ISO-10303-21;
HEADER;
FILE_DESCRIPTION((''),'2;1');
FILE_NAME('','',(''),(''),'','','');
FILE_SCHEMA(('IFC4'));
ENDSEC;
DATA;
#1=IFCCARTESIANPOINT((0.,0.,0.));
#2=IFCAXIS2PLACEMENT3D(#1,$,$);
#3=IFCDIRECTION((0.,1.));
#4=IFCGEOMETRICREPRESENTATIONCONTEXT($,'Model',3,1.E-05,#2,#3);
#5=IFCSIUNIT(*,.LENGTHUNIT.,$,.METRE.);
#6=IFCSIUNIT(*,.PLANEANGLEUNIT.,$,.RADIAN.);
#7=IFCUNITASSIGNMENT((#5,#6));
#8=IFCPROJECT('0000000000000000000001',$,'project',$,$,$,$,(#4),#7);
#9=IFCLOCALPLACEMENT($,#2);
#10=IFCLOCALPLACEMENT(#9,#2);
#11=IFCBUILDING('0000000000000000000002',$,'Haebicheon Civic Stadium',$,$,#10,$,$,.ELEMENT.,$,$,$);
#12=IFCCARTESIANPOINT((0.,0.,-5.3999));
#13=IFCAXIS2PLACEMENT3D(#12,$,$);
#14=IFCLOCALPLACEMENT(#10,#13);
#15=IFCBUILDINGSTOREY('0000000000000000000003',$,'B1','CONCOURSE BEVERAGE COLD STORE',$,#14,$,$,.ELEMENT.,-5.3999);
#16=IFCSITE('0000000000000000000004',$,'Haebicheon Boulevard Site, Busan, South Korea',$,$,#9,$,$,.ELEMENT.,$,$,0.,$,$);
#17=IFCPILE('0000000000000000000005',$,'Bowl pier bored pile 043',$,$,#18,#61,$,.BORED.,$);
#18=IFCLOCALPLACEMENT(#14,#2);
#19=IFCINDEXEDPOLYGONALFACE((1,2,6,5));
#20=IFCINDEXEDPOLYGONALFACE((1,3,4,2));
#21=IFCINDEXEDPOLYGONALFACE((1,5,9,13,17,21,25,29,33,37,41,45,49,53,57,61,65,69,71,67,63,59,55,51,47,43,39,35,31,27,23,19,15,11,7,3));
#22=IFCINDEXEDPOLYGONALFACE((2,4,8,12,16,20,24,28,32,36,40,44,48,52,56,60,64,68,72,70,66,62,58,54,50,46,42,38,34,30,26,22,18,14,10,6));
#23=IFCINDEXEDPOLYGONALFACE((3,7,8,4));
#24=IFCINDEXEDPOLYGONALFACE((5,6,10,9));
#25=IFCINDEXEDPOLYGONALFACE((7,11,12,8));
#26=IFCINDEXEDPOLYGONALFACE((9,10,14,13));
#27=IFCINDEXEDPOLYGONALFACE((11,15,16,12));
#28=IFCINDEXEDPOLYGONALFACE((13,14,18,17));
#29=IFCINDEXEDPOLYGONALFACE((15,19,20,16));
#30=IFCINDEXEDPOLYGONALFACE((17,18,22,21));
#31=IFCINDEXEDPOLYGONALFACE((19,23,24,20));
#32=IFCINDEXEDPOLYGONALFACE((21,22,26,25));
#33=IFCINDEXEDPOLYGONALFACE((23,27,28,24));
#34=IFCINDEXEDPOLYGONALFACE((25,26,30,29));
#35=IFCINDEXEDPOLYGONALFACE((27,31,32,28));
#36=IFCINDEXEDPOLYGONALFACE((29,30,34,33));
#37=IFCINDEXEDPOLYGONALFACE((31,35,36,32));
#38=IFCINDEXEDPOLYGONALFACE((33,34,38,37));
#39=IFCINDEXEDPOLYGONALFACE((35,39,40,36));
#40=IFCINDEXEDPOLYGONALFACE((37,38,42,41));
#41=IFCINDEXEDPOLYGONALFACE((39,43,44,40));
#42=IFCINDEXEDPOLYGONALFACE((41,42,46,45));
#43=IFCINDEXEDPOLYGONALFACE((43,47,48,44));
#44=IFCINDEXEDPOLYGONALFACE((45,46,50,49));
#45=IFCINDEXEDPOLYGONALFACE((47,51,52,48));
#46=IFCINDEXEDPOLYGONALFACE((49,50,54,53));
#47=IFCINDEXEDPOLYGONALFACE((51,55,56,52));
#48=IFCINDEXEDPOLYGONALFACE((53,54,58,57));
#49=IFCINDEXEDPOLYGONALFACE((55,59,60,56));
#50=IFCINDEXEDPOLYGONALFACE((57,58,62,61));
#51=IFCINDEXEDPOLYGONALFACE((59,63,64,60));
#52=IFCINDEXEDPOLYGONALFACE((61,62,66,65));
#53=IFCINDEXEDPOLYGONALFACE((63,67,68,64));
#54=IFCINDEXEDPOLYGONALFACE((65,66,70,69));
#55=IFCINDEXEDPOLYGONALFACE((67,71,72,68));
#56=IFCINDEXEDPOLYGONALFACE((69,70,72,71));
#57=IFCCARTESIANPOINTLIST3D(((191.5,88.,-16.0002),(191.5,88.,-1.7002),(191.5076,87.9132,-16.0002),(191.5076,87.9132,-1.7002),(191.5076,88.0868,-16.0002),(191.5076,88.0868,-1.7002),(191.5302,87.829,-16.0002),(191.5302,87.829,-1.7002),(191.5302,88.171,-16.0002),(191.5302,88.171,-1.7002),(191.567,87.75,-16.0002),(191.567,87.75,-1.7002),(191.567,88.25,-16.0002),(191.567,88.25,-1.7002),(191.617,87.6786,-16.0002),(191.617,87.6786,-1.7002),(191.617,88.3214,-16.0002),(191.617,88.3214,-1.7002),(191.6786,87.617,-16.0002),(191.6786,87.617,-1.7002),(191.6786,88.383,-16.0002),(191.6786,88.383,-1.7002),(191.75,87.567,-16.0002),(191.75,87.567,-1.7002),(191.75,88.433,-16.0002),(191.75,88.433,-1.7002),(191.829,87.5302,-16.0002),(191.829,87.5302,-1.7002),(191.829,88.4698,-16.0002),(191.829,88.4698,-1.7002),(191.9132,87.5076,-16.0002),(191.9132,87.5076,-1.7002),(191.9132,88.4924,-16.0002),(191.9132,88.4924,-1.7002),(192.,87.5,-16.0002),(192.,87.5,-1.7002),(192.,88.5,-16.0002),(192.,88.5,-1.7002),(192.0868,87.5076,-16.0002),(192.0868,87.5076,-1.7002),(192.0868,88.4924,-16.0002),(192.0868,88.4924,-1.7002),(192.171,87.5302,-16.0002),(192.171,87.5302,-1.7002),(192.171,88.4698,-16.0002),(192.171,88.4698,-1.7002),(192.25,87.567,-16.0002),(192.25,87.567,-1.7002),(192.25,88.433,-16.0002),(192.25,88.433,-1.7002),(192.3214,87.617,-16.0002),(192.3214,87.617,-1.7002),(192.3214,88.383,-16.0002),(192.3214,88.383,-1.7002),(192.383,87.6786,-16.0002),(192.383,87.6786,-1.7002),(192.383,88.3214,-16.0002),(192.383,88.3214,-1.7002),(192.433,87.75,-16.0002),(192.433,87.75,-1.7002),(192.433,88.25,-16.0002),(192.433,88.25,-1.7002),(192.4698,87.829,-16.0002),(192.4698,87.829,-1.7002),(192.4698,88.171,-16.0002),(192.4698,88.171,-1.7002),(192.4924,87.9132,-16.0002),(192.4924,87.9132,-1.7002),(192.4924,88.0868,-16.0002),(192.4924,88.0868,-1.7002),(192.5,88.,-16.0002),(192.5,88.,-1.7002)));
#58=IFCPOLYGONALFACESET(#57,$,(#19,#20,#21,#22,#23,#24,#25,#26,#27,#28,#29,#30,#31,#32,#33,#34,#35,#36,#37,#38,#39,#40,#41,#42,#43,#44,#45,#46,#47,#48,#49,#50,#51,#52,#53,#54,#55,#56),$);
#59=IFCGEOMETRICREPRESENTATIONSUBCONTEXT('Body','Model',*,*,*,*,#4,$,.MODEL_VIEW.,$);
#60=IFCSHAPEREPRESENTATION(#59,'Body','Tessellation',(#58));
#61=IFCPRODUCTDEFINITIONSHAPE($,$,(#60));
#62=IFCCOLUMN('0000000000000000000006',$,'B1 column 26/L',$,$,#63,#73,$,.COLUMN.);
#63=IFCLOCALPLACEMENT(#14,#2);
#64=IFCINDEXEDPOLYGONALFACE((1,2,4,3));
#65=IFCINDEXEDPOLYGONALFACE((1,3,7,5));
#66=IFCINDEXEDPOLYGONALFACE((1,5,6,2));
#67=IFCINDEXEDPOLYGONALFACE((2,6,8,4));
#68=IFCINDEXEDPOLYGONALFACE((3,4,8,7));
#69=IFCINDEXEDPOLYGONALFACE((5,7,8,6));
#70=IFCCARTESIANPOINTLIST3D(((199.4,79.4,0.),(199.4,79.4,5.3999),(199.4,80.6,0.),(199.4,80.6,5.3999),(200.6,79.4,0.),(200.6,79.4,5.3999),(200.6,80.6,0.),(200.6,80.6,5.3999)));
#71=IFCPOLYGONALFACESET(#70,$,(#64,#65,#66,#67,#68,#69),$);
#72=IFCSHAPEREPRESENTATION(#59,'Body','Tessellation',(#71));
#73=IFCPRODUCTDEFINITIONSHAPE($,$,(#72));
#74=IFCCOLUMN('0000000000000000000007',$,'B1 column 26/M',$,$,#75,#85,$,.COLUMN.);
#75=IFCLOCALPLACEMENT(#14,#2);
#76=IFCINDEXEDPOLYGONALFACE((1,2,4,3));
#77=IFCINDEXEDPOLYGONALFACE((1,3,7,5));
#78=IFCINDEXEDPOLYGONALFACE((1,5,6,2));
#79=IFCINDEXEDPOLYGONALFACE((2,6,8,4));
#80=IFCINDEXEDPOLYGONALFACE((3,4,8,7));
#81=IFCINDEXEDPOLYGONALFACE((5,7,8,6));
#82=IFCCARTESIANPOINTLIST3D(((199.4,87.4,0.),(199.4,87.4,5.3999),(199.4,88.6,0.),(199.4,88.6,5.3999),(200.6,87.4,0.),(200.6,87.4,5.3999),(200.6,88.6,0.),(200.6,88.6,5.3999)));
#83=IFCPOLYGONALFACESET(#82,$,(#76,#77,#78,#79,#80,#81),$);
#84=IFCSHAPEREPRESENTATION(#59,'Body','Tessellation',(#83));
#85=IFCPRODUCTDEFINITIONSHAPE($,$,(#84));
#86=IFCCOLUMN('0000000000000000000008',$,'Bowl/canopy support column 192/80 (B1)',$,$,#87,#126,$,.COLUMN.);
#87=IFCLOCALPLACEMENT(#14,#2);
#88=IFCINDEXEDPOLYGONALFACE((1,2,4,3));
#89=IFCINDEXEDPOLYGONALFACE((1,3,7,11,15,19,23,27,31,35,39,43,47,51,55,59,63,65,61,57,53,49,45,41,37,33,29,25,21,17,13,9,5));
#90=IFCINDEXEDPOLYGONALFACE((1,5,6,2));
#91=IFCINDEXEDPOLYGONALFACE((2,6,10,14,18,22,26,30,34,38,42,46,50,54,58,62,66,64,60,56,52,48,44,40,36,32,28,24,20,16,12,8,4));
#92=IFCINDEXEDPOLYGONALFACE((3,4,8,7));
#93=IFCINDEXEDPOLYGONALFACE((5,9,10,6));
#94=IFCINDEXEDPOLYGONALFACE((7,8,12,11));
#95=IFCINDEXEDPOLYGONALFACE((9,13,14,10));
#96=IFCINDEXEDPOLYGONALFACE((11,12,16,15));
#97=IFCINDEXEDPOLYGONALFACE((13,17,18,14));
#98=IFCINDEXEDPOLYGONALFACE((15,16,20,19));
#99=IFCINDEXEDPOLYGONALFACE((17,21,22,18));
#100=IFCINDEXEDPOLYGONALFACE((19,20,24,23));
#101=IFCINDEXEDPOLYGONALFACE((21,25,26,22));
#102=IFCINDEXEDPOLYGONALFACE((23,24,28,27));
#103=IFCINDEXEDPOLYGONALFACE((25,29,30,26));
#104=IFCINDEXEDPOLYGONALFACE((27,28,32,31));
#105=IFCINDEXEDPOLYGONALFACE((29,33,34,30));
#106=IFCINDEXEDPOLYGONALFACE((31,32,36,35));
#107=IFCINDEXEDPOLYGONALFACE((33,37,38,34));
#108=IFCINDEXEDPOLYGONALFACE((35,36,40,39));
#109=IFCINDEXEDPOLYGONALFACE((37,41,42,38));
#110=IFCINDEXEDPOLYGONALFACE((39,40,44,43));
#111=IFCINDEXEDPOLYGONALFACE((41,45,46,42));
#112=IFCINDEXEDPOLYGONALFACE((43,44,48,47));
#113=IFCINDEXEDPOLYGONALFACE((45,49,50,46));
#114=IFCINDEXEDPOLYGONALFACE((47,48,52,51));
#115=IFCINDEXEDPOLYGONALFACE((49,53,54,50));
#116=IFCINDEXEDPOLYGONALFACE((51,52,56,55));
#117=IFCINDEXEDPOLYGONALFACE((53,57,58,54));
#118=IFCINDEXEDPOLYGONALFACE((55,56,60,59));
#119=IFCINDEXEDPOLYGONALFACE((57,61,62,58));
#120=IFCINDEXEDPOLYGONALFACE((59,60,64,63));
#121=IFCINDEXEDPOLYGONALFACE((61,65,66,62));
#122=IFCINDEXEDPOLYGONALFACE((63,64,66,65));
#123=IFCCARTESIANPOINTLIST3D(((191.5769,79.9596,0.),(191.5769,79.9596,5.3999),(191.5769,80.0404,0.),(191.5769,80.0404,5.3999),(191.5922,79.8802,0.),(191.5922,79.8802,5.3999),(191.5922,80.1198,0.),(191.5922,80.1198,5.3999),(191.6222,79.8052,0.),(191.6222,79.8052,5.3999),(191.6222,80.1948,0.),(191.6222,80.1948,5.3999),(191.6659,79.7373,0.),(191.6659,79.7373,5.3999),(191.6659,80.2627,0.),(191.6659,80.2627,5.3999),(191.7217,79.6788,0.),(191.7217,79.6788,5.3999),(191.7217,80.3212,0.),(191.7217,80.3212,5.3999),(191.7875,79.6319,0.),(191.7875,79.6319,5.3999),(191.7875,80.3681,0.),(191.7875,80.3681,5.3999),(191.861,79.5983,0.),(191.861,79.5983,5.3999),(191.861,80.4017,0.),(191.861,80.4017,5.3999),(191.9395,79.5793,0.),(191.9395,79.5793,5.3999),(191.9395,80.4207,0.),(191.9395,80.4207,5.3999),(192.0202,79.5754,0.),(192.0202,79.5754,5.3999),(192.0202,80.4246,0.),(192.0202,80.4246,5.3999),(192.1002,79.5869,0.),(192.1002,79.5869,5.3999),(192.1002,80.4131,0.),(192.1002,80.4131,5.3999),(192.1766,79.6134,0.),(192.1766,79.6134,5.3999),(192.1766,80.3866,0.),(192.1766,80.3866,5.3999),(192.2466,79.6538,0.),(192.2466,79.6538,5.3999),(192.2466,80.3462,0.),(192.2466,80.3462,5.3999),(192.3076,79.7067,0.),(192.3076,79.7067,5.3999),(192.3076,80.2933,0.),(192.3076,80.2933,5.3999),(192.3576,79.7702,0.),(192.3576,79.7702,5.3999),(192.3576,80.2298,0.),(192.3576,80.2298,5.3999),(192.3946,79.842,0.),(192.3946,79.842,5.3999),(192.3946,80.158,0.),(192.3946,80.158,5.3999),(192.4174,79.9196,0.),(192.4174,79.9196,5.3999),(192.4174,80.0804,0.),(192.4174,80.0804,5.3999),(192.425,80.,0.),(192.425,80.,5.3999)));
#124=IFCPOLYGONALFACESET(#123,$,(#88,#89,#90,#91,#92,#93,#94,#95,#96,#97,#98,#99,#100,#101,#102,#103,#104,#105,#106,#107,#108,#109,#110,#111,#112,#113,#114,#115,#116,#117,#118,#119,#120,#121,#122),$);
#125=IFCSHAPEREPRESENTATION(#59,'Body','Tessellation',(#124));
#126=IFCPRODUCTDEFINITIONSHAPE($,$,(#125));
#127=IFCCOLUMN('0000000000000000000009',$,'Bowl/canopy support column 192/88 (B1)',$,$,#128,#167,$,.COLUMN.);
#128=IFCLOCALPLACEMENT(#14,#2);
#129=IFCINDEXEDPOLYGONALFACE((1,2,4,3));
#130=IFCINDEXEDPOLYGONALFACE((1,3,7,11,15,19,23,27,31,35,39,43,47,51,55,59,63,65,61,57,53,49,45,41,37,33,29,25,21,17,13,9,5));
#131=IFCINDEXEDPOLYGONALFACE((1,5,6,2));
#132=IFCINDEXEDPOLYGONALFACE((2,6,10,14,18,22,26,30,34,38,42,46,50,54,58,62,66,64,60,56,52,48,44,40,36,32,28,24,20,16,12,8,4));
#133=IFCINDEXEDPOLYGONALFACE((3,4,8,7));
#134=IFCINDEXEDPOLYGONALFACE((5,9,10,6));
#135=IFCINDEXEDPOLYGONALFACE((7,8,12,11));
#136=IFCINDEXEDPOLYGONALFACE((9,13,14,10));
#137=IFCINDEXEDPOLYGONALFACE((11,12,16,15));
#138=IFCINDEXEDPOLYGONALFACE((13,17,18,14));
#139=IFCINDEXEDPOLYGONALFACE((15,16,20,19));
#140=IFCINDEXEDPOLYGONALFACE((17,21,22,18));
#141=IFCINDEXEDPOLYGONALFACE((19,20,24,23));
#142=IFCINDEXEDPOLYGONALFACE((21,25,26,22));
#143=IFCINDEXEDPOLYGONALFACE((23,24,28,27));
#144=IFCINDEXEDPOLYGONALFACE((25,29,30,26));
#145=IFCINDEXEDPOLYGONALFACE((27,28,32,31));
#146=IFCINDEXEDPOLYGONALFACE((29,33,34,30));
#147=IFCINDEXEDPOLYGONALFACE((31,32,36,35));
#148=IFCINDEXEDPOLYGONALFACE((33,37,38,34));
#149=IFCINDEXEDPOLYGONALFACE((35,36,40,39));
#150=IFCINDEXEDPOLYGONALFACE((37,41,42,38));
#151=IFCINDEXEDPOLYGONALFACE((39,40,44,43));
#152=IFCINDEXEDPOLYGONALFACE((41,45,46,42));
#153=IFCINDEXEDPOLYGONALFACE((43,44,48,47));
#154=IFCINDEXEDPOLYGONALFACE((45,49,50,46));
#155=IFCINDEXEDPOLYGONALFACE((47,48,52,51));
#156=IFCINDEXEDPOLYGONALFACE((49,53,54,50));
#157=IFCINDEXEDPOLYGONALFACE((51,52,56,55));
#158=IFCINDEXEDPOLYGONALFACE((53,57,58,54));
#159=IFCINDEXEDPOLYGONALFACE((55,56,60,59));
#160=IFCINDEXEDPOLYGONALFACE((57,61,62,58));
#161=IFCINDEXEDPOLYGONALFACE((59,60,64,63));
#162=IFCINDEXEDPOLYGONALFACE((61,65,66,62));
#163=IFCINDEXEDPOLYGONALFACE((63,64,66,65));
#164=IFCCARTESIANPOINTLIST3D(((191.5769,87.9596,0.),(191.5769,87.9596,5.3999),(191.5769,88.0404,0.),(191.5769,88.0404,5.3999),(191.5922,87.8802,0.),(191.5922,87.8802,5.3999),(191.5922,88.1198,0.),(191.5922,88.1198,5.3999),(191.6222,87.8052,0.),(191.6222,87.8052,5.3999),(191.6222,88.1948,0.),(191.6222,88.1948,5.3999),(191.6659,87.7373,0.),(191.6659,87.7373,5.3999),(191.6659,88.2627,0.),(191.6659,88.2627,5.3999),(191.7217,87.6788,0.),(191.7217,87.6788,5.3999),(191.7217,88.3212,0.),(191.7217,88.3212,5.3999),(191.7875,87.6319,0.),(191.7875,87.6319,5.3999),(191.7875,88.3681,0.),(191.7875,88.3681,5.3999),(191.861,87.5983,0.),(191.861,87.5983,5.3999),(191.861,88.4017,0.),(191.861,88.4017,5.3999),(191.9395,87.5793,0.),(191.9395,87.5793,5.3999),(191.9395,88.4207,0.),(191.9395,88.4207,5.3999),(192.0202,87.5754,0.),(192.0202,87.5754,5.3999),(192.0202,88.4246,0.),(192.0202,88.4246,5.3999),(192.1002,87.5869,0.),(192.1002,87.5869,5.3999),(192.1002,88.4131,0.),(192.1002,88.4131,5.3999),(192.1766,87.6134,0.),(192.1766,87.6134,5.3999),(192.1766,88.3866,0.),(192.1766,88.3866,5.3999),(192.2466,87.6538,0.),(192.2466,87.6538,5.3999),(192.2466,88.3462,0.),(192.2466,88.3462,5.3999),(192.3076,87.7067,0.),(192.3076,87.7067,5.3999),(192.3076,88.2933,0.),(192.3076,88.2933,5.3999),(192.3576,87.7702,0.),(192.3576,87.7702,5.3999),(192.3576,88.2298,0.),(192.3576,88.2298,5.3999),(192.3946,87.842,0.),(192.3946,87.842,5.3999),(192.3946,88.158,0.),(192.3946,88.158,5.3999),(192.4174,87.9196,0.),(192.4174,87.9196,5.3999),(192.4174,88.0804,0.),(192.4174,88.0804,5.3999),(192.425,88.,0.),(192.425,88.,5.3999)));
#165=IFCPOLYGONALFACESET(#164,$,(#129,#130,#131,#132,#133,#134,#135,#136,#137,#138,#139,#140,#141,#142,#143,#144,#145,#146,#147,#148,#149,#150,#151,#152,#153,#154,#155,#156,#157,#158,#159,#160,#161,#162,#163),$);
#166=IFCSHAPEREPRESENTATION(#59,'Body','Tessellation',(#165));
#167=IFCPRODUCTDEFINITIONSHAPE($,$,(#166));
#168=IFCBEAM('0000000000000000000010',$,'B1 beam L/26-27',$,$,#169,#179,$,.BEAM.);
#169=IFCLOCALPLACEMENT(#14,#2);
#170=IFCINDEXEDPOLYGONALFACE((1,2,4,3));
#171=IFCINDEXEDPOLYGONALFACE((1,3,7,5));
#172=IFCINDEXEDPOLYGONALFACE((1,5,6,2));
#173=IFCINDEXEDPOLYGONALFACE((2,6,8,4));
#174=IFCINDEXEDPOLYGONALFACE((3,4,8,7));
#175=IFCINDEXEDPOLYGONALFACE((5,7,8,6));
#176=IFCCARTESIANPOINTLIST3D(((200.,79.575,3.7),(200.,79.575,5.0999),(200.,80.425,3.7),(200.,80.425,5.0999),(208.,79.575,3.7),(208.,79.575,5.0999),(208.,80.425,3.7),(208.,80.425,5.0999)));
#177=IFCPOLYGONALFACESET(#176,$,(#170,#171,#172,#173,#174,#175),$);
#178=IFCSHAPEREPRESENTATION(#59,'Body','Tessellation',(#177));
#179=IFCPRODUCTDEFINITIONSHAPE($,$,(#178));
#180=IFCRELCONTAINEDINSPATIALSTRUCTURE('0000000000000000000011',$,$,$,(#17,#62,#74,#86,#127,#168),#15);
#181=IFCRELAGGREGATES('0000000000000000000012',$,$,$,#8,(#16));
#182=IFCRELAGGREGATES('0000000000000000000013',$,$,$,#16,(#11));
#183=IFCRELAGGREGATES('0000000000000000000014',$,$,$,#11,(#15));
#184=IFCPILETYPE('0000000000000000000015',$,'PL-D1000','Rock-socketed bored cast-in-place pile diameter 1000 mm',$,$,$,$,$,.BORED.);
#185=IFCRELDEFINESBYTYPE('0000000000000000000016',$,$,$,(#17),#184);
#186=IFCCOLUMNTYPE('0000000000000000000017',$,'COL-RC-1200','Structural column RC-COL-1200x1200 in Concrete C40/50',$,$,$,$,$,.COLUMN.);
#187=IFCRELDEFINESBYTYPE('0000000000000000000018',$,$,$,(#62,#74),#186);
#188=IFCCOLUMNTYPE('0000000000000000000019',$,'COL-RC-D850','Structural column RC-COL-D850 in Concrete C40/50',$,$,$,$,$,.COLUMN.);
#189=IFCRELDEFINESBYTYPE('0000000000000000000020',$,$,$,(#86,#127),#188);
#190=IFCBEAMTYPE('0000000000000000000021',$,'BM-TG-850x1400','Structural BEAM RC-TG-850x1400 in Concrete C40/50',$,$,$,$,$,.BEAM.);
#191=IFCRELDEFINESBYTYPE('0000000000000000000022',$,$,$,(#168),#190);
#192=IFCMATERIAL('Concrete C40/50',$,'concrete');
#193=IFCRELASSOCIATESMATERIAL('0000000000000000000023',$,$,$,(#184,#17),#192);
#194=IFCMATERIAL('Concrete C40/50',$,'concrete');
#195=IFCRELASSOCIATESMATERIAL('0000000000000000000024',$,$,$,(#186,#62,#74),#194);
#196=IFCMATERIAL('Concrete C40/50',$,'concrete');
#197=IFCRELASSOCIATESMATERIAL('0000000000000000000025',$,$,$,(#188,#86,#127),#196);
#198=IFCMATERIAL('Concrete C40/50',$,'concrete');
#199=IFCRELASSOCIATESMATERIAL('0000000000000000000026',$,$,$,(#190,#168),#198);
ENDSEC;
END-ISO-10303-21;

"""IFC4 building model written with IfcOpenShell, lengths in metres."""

from ifc_helpers import new_model, si_unit, direction, frame, origin, origin_2d, place, context, subcontext, project, spatial, rectangle, circle, extrude, material, material_profile, profile_set, type_object, element, save


model = new_model("IFC4")

# Units and contexts
model_context = context("Model", 3, precision=1e-05, world=origin(), true_north=direction((0.0, 1.0)))
body_context = subcontext(model_context, "Body", "Model", "MODEL_VIEW")
ifc_project = project(units=[si_unit("LENGTHUNIT", "METRE"), si_unit("PLANEANGLEUNIT", "RADIAN")], contexts=[model_context])

# Site, building, storey
site_placement = place(None, origin())
site = spatial("IfcSite", under=ifc_project, at=site_placement, Name="Haebicheon Boulevard Site, Busan, South Korea", CompositionType="ELEMENT", RefElevation=0.0)
building_placement = place(site_placement, origin())
building = spatial("IfcBuilding", under=site, at=building_placement, Name="Haebicheon Civic Stadium", CompositionType="ELEMENT")
storey_placement = place(building_placement, frame((0.0, 0.0, -5.3999)))
storey = spatial("IfcBuildingStorey", under=building, at=storey_placement, Name="B1", Description="CONCOURSE BEVERAGE COLD STORE", CompositionType="ELEMENT", Elevation=-5.3999)

# Pile
ifc_material_1 = material(Name="Concrete C40/50", Category="concrete")
ifc_material_profile_1 = material_profile(ifc_material_1, circle(Radius=0.5, at=origin_2d()), Name="PILE-D1000")
ifc_profile_set_1 = profile_set([ifc_material_profile_1], Name="Concrete C40/50")
pile_type = type_object("IfcPileType", Name="PL-D1000", Description="Rock-socketed bored cast-in-place pile diameter 1000 mm", PredefinedType="BORED", material=ifc_profile_set_1)
for number, where, z_axis, x_axis, name in (
    (1, (192.0, 88.0, -1.7002), (0.0, 0.0, -1.0), (1.0, 0.0, 0.0), "Bowl pier bored pile 043"),
):
    element("IfcPile", number, at=place(storey_placement, frame(where, z_axis=z_axis, x_axis=x_axis)), inside=storey, type_object=pile_type, material=ifc_profile_set_1, Name=name, PredefinedType="BORED", context=body_context, shape_type="SweptSolid", body=[
        extrude(circle(Radius=0.5, at=origin_2d()), origin(), (0.0, 0.0, 1.0), 14.3),
    ])

# Columns
ifc_material_2 = material(Name="Concrete C40/50", Category="concrete")
ifc_material_profile_2 = material_profile(ifc_material_2, rectangle(XDim=1.2, YDim=1.2, at=origin_2d()), Name="RC-COL-1200x1200")
ifc_profile_set_2 = profile_set([ifc_material_profile_2], Name="Concrete C40/50")
column_type_1 = type_object("IfcColumnType", Name="COL-RC-1200", Description="Structural column RC-COL-1200x1200 in Concrete C40/50", PredefinedType="COLUMN", material=ifc_profile_set_2)
for number, where, z_axis, x_axis, name in (
    (2, (200.0, 80.0, 0.0), (0.0, 0.0, 1.0), (1.0, 0.0, 0.0), "B1 column 26/L"),
    (3, (200.0, 88.0, 0.0), (0.0, 0.0, 1.0), (1.0, 0.0, 0.0), "B1 column 26/M"),
):
    element("IfcColumn", number, at=place(storey_placement, frame(where, z_axis=z_axis, x_axis=x_axis)), inside=storey, type_object=column_type_1, material=ifc_profile_set_2, Name=name, PredefinedType="COLUMN", context=body_context, shape_type="SweptSolid", body=[
        extrude(rectangle(XDim=1.2, YDim=1.2, at=origin_2d()), origin(), (0.0, 0.0, 1.0), 5.3999),
    ])
ifc_material_3 = material(Name="Concrete C40/50", Category="concrete")
ifc_material_profile_3 = material_profile(ifc_material_3, circle(Radius=0.425, at=origin_2d()), Name="RC-COL-D850")
ifc_profile_set_3 = profile_set([ifc_material_profile_3], Name="Concrete C40/50")
column_type_2 = type_object("IfcColumnType", Name="COL-RC-D850", Description="Structural column RC-COL-D850 in Concrete C40/50", PredefinedType="COLUMN", material=ifc_profile_set_3)
for number, where, z_axis, x_axis, name in (
    (4, (192.0, 80.0, 0.0), (0.0, 0.0, 1.0), (1.0, 0.0, 0.0), "Bowl/canopy support column 192/80 (B1)"),
    (5, (192.0, 88.0, 0.0), (0.0, 0.0, 1.0), (1.0, 0.0, 0.0), "Bowl/canopy support column 192/88 (B1)"),
):
    element("IfcColumn", number, at=place(storey_placement, frame(where, z_axis=z_axis, x_axis=x_axis)), inside=storey, type_object=column_type_2, material=ifc_profile_set_3, Name=name, PredefinedType="COLUMN", context=body_context, shape_type="SweptSolid", body=[
        extrude(circle(Radius=0.425, at=origin_2d()), origin(), (0.0, 0.0, 1.0), 5.3999),
    ])

# Beam
ifc_material_4 = material(Name="Concrete C40/50", Category="concrete")
ifc_material_profile_4 = material_profile(ifc_material_4, rectangle(XDim=0.8501, YDim=1.3999, at=origin_2d()), Name="RC-TG-850x1400")
ifc_profile_set_4 = profile_set([ifc_material_profile_4], Name="Concrete C40/50")
beam_type_1 = type_object("IfcBeamType", Name="BM-TG-850x1400", Description="Structural BEAM RC-TG-850x1400 in Concrete C40/50", PredefinedType="BEAM", material=ifc_profile_set_4)
beam_1_placement = place(storey_placement, frame((200.0, 80.0, 4.3999), z_axis=(1.0, 0.0, 0.0), x_axis=(0.0, 1.0, 0.0)))
element("IfcBeam", 6, at=beam_1_placement, inside=storey, type_object=beam_type_1, material=ifc_profile_set_4, Name="B1 beam L/26-27", PredefinedType="BEAM", context=body_context, shape_type="SweptSolid", body=[
    extrude(rectangle(XDim=0.8501, YDim=1.3999, at=origin_2d()), origin(), (0.0, 0.0, 1.0), 8.0),
])

save(model, "model.ifc")
